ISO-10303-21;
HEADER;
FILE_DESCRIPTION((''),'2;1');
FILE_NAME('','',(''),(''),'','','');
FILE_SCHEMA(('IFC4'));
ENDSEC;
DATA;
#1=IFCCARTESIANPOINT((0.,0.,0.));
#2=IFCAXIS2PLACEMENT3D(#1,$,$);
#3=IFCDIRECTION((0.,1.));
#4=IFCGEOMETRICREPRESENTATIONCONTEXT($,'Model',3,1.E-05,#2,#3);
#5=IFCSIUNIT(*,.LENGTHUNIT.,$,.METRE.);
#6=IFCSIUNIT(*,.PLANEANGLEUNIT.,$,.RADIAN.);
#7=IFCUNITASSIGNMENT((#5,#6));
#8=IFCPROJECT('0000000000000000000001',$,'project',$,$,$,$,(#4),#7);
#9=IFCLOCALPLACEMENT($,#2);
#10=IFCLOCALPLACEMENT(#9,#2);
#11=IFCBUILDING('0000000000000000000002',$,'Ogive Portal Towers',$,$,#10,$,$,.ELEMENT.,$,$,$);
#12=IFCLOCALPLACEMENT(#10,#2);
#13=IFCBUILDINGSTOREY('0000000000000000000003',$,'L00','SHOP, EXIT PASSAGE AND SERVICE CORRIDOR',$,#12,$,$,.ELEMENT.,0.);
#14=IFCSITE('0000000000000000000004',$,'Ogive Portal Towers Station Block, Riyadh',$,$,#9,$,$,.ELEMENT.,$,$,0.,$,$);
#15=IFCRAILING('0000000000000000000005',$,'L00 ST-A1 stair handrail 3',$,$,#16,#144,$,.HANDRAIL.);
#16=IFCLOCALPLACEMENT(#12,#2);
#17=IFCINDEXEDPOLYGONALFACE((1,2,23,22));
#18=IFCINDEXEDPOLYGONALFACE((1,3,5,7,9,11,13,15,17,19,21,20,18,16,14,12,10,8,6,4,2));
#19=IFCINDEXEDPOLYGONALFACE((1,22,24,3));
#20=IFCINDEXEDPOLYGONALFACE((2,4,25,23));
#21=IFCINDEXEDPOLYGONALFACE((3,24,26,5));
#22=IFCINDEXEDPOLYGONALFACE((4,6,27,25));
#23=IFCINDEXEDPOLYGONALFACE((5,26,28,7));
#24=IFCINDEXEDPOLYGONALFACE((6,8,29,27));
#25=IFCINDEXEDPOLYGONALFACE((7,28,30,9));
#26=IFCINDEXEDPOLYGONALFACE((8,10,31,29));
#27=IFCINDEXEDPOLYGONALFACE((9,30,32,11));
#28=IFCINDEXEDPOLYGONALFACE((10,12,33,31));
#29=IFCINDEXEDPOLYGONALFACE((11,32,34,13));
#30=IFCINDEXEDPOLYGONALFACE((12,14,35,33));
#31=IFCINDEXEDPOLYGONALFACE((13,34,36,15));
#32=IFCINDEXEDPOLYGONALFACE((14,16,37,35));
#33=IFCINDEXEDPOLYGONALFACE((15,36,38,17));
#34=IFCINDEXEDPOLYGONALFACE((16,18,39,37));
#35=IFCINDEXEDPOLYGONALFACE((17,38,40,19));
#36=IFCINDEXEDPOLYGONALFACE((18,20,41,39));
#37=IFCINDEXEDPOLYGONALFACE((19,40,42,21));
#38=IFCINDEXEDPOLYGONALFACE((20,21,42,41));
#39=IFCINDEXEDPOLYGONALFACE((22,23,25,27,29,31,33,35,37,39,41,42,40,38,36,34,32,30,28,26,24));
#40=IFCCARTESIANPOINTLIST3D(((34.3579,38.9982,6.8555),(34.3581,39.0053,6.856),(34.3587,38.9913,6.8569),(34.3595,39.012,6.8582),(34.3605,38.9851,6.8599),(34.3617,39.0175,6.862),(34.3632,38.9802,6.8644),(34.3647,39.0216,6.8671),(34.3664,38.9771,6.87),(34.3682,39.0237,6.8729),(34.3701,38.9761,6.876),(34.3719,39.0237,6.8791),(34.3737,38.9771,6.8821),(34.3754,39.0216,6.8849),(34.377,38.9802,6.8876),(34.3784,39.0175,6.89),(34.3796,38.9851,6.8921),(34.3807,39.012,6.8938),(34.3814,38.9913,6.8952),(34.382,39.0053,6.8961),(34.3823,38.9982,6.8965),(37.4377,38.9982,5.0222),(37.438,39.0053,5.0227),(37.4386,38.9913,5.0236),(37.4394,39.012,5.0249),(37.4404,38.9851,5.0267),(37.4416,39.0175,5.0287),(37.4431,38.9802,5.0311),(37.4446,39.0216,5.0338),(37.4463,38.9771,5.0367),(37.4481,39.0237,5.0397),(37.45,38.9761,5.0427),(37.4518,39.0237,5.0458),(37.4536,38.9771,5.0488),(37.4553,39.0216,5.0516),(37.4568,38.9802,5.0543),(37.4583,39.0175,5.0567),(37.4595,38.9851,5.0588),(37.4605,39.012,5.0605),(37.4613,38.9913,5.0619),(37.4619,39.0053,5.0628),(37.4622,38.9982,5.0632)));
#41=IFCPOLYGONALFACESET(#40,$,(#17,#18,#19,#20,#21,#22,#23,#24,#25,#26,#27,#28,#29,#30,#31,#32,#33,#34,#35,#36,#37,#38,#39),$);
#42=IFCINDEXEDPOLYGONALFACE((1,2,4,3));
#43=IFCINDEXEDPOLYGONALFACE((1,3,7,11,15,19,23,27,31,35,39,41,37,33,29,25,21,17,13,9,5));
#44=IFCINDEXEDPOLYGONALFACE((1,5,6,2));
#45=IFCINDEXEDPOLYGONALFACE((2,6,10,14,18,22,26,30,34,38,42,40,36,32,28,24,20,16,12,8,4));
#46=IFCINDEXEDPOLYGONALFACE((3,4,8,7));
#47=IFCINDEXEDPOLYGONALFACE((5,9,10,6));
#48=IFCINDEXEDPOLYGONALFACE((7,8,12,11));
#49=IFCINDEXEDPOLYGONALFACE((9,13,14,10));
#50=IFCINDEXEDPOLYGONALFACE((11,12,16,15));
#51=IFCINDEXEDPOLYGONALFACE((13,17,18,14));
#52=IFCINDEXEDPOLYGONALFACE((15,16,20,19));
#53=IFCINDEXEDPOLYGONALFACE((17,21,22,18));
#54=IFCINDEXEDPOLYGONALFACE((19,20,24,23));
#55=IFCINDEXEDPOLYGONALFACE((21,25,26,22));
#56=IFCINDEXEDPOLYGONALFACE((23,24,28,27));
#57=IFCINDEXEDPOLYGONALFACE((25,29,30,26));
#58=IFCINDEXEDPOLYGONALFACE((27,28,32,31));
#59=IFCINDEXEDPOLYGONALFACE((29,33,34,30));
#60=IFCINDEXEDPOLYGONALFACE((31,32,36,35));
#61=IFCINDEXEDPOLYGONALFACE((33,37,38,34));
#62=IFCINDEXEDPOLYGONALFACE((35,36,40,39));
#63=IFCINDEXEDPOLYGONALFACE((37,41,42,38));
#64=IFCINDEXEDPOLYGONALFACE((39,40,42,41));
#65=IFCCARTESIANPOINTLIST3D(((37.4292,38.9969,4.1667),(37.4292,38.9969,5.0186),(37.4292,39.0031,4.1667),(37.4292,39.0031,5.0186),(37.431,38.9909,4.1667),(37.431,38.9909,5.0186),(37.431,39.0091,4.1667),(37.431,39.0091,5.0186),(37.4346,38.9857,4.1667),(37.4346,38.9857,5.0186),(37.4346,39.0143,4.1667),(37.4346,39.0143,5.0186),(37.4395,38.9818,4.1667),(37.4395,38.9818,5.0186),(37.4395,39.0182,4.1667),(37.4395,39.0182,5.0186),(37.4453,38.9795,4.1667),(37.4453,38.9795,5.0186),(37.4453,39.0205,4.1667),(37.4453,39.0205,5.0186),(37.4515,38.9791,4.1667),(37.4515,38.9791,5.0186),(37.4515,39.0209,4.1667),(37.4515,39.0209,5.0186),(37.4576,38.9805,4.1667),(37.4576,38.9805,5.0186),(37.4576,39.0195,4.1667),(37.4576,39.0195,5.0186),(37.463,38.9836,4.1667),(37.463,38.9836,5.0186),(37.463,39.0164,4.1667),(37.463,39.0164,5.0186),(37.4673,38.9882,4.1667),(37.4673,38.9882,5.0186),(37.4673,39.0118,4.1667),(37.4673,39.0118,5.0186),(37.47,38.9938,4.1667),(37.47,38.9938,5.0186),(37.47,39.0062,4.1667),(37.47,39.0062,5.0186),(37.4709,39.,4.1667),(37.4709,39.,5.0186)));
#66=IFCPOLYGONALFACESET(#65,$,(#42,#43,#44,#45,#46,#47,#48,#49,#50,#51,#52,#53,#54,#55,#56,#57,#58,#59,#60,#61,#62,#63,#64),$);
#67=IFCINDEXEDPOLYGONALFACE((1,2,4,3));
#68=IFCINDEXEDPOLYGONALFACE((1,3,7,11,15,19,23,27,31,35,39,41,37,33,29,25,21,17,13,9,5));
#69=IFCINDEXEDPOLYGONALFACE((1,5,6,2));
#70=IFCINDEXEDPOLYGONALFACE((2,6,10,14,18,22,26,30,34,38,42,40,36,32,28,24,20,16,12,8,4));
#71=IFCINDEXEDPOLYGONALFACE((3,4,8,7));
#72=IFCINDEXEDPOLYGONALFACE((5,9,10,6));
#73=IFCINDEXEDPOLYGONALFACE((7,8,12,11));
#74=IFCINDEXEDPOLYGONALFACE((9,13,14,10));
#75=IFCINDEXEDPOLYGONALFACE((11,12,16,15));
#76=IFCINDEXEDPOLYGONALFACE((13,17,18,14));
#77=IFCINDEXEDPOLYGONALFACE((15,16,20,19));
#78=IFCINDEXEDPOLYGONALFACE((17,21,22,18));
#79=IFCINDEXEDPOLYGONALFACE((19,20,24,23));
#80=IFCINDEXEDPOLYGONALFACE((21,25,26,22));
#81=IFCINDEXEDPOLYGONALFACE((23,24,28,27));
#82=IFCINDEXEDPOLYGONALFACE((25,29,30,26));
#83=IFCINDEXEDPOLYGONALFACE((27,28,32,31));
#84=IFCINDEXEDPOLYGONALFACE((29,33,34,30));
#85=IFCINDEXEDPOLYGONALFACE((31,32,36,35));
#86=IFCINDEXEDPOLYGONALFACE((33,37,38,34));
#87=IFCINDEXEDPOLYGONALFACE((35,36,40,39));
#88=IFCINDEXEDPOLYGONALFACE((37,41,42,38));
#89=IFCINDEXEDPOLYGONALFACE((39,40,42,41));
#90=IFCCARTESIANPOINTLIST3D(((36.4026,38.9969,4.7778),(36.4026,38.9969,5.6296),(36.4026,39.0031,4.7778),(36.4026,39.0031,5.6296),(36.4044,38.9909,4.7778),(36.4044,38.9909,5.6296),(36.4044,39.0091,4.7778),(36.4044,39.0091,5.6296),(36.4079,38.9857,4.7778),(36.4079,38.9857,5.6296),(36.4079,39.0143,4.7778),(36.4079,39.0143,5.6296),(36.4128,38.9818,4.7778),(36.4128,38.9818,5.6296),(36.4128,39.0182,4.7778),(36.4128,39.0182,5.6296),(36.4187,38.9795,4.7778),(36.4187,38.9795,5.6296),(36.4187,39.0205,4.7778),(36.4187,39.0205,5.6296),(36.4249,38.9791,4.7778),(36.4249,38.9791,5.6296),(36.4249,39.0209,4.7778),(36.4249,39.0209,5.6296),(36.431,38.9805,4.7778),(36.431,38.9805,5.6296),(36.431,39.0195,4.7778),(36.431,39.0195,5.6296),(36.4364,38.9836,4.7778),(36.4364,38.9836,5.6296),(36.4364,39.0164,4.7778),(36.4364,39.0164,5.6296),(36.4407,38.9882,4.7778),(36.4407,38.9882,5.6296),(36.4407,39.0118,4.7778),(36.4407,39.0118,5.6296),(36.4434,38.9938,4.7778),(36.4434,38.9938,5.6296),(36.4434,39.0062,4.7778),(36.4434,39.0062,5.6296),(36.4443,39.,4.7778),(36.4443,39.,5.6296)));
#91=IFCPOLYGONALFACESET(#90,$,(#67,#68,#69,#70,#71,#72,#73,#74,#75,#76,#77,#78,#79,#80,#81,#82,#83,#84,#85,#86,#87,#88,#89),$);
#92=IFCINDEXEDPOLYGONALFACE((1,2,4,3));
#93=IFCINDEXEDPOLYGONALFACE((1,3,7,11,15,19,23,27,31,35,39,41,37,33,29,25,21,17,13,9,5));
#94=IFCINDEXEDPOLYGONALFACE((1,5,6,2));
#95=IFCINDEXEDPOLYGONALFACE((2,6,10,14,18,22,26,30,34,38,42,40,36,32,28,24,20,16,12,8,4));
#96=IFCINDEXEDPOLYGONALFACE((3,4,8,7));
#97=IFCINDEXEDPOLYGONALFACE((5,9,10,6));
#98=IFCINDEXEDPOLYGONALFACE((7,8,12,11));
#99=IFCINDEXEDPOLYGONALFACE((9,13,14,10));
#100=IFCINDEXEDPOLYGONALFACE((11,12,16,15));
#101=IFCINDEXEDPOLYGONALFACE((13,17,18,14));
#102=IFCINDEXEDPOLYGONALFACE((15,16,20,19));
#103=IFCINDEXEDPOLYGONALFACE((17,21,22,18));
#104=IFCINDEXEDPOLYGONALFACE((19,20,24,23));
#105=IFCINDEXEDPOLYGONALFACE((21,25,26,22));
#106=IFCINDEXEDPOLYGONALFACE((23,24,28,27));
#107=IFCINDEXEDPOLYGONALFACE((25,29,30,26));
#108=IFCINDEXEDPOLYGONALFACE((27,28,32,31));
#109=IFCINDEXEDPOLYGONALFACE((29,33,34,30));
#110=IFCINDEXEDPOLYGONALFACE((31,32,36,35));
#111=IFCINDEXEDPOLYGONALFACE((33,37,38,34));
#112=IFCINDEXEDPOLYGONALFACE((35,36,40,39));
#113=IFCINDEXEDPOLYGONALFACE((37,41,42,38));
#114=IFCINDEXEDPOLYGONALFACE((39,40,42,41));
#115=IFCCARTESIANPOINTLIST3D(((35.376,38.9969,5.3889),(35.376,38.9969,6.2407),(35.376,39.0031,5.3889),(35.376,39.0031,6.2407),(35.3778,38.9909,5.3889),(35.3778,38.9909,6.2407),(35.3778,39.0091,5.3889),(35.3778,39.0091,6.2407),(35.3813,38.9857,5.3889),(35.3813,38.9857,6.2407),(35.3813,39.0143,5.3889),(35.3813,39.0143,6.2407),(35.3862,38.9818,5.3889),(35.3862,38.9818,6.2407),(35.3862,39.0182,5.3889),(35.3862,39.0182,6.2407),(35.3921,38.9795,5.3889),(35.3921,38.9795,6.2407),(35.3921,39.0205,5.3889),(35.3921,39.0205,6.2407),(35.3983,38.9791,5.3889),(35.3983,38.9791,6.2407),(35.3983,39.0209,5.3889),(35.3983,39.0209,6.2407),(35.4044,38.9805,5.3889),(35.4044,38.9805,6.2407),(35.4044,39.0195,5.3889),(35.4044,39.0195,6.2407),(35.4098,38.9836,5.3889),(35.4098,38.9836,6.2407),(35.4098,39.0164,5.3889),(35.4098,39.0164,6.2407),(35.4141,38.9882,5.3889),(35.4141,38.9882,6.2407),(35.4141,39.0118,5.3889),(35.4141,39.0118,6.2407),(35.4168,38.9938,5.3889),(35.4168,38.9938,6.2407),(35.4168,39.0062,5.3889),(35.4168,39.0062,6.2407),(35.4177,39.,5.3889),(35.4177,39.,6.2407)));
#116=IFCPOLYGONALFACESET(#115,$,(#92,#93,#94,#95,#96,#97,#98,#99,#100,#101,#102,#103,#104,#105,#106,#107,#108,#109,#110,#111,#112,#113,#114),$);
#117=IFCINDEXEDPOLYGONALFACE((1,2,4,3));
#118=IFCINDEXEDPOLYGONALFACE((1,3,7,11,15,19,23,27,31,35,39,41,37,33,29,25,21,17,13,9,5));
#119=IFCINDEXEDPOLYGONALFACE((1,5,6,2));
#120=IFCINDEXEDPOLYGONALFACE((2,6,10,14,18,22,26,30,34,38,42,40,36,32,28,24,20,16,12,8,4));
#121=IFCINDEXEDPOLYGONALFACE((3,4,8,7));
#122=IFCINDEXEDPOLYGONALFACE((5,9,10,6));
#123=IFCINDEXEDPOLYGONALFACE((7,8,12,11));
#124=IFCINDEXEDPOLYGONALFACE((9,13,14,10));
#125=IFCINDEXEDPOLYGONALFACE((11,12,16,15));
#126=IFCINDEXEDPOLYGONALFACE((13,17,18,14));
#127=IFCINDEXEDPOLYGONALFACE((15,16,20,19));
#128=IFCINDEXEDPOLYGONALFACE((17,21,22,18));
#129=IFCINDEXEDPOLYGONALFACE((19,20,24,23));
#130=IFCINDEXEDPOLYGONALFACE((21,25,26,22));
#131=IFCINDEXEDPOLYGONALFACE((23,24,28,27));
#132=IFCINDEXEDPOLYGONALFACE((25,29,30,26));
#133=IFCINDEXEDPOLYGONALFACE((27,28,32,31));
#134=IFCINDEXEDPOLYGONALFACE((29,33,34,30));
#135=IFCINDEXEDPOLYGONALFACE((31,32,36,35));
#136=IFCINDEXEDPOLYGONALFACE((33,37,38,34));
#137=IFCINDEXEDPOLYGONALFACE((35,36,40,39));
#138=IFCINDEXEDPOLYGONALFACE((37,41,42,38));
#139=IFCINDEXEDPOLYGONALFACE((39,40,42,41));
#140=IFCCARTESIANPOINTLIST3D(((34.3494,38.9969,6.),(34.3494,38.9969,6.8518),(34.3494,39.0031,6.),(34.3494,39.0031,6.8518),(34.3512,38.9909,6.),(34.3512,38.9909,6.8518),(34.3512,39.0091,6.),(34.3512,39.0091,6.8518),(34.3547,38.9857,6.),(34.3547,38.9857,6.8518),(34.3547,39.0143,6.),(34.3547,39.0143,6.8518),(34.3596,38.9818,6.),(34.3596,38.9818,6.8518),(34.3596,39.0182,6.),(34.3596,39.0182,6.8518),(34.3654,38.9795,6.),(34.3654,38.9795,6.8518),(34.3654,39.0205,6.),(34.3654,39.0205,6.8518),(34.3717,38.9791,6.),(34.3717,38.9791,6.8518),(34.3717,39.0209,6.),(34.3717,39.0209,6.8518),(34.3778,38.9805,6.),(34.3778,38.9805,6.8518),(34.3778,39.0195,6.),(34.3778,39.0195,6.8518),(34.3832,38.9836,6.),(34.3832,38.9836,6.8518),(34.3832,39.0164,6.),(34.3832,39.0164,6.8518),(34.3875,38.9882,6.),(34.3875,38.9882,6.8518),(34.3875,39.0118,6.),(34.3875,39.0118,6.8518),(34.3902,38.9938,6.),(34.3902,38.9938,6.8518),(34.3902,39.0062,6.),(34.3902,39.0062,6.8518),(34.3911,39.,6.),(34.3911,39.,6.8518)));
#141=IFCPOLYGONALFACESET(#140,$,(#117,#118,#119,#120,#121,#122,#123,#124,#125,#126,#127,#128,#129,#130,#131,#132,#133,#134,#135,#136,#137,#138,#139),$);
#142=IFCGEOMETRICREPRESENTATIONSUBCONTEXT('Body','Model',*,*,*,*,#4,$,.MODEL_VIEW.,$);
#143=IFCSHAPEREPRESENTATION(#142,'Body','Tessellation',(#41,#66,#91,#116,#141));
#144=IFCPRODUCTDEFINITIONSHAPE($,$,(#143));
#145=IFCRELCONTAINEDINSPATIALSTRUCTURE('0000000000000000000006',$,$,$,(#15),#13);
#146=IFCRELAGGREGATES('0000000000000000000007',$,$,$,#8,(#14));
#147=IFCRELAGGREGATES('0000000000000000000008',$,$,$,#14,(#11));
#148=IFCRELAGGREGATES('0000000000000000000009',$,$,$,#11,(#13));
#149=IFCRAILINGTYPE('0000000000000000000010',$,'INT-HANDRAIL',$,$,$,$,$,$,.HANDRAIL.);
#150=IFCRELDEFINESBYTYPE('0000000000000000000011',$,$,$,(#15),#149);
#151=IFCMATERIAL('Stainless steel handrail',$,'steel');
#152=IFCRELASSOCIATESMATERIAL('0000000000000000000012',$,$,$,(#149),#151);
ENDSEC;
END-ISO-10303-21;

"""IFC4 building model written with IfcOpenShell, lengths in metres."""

from ifc_helpers import new_model, si_unit, direction, frame, origin, origin_2d, place, context, subcontext, project, spatial, circle, extrude, material, type_object, element, save


model = new_model("IFC4")

# Units and contexts
model_context = context("Model", 3, precision=1e-05, world=origin(), true_north=direction((0.0, 1.0)))
body_context = subcontext(model_context, "Body", "Model", "MODEL_VIEW")
ifc_project = project(units=[si_unit("LENGTHUNIT", "METRE"), si_unit("PLANEANGLEUNIT", "RADIAN")], contexts=[model_context])

# Site, building, storey
site_placement = place(None, origin())
site = spatial("IfcSite", under=ifc_project, at=site_placement, Name="Ogive Portal Towers Station Block, Riyadh", CompositionType="ELEMENT", RefElevation=0.0)
building_placement = place(site_placement, origin())
building = spatial("IfcBuilding", under=site, at=building_placement, Name="Ogive Portal Towers", CompositionType="ELEMENT")
storey_placement = place(building_placement, origin())
storey = spatial("IfcBuildingStorey", under=building, at=storey_placement, Name="L00", Description="SHOP, EXIT PASSAGE AND SERVICE CORRIDOR", CompositionType="ELEMENT", Elevation=0.0)

# Railing
ifc_material_1 = material(Name="Stainless steel handrail", Category="steel")
railing_type_1 = type_object("IfcRailingType", Name="INT-HANDRAIL", PredefinedType="HANDRAIL", material=ifc_material_1)
railing_1_placement = place(storey_placement, frame((37.45, 39.0, 4.1667)))
element("IfcRailing", 1, at=railing_1_placement, inside=storey, type_object=railing_type_1, Name="L00 ST-A1 stair handrail 3", PredefinedType="HANDRAIL", context=body_context, shape_type="SweptSolid", body=[
    extrude(circle(Radius=0.0239, at=origin_2d()), frame((0.0, 0.0, 0.876), z_axis=(-0.859291, 0.0, 0.511487), x_axis=(0.0, -1.0, 0.0)), (0.0, 0.0, 1.0), 3.5842),
    extrude(circle(Radius=0.021, at=origin_2d()), origin(), (0.0, 0.0, 1.0), 0.8518),
    extrude(circle(Radius=0.021, at=origin_2d()), frame((-1.0266, 0.0, 0.6111)), (0.0, 0.0, 1.0), 0.8518),
    extrude(circle(Radius=0.021, at=origin_2d()), frame((-2.0532, 0.0, 1.2222)), (0.0, 0.0, 1.0), 0.8518),
    extrude(circle(Radius=0.021, at=origin_2d()), frame((-3.0798, 0.0, 1.8333)), (0.0, 0.0, 1.0), 0.8518),
])

save(model, "model.ifc")
